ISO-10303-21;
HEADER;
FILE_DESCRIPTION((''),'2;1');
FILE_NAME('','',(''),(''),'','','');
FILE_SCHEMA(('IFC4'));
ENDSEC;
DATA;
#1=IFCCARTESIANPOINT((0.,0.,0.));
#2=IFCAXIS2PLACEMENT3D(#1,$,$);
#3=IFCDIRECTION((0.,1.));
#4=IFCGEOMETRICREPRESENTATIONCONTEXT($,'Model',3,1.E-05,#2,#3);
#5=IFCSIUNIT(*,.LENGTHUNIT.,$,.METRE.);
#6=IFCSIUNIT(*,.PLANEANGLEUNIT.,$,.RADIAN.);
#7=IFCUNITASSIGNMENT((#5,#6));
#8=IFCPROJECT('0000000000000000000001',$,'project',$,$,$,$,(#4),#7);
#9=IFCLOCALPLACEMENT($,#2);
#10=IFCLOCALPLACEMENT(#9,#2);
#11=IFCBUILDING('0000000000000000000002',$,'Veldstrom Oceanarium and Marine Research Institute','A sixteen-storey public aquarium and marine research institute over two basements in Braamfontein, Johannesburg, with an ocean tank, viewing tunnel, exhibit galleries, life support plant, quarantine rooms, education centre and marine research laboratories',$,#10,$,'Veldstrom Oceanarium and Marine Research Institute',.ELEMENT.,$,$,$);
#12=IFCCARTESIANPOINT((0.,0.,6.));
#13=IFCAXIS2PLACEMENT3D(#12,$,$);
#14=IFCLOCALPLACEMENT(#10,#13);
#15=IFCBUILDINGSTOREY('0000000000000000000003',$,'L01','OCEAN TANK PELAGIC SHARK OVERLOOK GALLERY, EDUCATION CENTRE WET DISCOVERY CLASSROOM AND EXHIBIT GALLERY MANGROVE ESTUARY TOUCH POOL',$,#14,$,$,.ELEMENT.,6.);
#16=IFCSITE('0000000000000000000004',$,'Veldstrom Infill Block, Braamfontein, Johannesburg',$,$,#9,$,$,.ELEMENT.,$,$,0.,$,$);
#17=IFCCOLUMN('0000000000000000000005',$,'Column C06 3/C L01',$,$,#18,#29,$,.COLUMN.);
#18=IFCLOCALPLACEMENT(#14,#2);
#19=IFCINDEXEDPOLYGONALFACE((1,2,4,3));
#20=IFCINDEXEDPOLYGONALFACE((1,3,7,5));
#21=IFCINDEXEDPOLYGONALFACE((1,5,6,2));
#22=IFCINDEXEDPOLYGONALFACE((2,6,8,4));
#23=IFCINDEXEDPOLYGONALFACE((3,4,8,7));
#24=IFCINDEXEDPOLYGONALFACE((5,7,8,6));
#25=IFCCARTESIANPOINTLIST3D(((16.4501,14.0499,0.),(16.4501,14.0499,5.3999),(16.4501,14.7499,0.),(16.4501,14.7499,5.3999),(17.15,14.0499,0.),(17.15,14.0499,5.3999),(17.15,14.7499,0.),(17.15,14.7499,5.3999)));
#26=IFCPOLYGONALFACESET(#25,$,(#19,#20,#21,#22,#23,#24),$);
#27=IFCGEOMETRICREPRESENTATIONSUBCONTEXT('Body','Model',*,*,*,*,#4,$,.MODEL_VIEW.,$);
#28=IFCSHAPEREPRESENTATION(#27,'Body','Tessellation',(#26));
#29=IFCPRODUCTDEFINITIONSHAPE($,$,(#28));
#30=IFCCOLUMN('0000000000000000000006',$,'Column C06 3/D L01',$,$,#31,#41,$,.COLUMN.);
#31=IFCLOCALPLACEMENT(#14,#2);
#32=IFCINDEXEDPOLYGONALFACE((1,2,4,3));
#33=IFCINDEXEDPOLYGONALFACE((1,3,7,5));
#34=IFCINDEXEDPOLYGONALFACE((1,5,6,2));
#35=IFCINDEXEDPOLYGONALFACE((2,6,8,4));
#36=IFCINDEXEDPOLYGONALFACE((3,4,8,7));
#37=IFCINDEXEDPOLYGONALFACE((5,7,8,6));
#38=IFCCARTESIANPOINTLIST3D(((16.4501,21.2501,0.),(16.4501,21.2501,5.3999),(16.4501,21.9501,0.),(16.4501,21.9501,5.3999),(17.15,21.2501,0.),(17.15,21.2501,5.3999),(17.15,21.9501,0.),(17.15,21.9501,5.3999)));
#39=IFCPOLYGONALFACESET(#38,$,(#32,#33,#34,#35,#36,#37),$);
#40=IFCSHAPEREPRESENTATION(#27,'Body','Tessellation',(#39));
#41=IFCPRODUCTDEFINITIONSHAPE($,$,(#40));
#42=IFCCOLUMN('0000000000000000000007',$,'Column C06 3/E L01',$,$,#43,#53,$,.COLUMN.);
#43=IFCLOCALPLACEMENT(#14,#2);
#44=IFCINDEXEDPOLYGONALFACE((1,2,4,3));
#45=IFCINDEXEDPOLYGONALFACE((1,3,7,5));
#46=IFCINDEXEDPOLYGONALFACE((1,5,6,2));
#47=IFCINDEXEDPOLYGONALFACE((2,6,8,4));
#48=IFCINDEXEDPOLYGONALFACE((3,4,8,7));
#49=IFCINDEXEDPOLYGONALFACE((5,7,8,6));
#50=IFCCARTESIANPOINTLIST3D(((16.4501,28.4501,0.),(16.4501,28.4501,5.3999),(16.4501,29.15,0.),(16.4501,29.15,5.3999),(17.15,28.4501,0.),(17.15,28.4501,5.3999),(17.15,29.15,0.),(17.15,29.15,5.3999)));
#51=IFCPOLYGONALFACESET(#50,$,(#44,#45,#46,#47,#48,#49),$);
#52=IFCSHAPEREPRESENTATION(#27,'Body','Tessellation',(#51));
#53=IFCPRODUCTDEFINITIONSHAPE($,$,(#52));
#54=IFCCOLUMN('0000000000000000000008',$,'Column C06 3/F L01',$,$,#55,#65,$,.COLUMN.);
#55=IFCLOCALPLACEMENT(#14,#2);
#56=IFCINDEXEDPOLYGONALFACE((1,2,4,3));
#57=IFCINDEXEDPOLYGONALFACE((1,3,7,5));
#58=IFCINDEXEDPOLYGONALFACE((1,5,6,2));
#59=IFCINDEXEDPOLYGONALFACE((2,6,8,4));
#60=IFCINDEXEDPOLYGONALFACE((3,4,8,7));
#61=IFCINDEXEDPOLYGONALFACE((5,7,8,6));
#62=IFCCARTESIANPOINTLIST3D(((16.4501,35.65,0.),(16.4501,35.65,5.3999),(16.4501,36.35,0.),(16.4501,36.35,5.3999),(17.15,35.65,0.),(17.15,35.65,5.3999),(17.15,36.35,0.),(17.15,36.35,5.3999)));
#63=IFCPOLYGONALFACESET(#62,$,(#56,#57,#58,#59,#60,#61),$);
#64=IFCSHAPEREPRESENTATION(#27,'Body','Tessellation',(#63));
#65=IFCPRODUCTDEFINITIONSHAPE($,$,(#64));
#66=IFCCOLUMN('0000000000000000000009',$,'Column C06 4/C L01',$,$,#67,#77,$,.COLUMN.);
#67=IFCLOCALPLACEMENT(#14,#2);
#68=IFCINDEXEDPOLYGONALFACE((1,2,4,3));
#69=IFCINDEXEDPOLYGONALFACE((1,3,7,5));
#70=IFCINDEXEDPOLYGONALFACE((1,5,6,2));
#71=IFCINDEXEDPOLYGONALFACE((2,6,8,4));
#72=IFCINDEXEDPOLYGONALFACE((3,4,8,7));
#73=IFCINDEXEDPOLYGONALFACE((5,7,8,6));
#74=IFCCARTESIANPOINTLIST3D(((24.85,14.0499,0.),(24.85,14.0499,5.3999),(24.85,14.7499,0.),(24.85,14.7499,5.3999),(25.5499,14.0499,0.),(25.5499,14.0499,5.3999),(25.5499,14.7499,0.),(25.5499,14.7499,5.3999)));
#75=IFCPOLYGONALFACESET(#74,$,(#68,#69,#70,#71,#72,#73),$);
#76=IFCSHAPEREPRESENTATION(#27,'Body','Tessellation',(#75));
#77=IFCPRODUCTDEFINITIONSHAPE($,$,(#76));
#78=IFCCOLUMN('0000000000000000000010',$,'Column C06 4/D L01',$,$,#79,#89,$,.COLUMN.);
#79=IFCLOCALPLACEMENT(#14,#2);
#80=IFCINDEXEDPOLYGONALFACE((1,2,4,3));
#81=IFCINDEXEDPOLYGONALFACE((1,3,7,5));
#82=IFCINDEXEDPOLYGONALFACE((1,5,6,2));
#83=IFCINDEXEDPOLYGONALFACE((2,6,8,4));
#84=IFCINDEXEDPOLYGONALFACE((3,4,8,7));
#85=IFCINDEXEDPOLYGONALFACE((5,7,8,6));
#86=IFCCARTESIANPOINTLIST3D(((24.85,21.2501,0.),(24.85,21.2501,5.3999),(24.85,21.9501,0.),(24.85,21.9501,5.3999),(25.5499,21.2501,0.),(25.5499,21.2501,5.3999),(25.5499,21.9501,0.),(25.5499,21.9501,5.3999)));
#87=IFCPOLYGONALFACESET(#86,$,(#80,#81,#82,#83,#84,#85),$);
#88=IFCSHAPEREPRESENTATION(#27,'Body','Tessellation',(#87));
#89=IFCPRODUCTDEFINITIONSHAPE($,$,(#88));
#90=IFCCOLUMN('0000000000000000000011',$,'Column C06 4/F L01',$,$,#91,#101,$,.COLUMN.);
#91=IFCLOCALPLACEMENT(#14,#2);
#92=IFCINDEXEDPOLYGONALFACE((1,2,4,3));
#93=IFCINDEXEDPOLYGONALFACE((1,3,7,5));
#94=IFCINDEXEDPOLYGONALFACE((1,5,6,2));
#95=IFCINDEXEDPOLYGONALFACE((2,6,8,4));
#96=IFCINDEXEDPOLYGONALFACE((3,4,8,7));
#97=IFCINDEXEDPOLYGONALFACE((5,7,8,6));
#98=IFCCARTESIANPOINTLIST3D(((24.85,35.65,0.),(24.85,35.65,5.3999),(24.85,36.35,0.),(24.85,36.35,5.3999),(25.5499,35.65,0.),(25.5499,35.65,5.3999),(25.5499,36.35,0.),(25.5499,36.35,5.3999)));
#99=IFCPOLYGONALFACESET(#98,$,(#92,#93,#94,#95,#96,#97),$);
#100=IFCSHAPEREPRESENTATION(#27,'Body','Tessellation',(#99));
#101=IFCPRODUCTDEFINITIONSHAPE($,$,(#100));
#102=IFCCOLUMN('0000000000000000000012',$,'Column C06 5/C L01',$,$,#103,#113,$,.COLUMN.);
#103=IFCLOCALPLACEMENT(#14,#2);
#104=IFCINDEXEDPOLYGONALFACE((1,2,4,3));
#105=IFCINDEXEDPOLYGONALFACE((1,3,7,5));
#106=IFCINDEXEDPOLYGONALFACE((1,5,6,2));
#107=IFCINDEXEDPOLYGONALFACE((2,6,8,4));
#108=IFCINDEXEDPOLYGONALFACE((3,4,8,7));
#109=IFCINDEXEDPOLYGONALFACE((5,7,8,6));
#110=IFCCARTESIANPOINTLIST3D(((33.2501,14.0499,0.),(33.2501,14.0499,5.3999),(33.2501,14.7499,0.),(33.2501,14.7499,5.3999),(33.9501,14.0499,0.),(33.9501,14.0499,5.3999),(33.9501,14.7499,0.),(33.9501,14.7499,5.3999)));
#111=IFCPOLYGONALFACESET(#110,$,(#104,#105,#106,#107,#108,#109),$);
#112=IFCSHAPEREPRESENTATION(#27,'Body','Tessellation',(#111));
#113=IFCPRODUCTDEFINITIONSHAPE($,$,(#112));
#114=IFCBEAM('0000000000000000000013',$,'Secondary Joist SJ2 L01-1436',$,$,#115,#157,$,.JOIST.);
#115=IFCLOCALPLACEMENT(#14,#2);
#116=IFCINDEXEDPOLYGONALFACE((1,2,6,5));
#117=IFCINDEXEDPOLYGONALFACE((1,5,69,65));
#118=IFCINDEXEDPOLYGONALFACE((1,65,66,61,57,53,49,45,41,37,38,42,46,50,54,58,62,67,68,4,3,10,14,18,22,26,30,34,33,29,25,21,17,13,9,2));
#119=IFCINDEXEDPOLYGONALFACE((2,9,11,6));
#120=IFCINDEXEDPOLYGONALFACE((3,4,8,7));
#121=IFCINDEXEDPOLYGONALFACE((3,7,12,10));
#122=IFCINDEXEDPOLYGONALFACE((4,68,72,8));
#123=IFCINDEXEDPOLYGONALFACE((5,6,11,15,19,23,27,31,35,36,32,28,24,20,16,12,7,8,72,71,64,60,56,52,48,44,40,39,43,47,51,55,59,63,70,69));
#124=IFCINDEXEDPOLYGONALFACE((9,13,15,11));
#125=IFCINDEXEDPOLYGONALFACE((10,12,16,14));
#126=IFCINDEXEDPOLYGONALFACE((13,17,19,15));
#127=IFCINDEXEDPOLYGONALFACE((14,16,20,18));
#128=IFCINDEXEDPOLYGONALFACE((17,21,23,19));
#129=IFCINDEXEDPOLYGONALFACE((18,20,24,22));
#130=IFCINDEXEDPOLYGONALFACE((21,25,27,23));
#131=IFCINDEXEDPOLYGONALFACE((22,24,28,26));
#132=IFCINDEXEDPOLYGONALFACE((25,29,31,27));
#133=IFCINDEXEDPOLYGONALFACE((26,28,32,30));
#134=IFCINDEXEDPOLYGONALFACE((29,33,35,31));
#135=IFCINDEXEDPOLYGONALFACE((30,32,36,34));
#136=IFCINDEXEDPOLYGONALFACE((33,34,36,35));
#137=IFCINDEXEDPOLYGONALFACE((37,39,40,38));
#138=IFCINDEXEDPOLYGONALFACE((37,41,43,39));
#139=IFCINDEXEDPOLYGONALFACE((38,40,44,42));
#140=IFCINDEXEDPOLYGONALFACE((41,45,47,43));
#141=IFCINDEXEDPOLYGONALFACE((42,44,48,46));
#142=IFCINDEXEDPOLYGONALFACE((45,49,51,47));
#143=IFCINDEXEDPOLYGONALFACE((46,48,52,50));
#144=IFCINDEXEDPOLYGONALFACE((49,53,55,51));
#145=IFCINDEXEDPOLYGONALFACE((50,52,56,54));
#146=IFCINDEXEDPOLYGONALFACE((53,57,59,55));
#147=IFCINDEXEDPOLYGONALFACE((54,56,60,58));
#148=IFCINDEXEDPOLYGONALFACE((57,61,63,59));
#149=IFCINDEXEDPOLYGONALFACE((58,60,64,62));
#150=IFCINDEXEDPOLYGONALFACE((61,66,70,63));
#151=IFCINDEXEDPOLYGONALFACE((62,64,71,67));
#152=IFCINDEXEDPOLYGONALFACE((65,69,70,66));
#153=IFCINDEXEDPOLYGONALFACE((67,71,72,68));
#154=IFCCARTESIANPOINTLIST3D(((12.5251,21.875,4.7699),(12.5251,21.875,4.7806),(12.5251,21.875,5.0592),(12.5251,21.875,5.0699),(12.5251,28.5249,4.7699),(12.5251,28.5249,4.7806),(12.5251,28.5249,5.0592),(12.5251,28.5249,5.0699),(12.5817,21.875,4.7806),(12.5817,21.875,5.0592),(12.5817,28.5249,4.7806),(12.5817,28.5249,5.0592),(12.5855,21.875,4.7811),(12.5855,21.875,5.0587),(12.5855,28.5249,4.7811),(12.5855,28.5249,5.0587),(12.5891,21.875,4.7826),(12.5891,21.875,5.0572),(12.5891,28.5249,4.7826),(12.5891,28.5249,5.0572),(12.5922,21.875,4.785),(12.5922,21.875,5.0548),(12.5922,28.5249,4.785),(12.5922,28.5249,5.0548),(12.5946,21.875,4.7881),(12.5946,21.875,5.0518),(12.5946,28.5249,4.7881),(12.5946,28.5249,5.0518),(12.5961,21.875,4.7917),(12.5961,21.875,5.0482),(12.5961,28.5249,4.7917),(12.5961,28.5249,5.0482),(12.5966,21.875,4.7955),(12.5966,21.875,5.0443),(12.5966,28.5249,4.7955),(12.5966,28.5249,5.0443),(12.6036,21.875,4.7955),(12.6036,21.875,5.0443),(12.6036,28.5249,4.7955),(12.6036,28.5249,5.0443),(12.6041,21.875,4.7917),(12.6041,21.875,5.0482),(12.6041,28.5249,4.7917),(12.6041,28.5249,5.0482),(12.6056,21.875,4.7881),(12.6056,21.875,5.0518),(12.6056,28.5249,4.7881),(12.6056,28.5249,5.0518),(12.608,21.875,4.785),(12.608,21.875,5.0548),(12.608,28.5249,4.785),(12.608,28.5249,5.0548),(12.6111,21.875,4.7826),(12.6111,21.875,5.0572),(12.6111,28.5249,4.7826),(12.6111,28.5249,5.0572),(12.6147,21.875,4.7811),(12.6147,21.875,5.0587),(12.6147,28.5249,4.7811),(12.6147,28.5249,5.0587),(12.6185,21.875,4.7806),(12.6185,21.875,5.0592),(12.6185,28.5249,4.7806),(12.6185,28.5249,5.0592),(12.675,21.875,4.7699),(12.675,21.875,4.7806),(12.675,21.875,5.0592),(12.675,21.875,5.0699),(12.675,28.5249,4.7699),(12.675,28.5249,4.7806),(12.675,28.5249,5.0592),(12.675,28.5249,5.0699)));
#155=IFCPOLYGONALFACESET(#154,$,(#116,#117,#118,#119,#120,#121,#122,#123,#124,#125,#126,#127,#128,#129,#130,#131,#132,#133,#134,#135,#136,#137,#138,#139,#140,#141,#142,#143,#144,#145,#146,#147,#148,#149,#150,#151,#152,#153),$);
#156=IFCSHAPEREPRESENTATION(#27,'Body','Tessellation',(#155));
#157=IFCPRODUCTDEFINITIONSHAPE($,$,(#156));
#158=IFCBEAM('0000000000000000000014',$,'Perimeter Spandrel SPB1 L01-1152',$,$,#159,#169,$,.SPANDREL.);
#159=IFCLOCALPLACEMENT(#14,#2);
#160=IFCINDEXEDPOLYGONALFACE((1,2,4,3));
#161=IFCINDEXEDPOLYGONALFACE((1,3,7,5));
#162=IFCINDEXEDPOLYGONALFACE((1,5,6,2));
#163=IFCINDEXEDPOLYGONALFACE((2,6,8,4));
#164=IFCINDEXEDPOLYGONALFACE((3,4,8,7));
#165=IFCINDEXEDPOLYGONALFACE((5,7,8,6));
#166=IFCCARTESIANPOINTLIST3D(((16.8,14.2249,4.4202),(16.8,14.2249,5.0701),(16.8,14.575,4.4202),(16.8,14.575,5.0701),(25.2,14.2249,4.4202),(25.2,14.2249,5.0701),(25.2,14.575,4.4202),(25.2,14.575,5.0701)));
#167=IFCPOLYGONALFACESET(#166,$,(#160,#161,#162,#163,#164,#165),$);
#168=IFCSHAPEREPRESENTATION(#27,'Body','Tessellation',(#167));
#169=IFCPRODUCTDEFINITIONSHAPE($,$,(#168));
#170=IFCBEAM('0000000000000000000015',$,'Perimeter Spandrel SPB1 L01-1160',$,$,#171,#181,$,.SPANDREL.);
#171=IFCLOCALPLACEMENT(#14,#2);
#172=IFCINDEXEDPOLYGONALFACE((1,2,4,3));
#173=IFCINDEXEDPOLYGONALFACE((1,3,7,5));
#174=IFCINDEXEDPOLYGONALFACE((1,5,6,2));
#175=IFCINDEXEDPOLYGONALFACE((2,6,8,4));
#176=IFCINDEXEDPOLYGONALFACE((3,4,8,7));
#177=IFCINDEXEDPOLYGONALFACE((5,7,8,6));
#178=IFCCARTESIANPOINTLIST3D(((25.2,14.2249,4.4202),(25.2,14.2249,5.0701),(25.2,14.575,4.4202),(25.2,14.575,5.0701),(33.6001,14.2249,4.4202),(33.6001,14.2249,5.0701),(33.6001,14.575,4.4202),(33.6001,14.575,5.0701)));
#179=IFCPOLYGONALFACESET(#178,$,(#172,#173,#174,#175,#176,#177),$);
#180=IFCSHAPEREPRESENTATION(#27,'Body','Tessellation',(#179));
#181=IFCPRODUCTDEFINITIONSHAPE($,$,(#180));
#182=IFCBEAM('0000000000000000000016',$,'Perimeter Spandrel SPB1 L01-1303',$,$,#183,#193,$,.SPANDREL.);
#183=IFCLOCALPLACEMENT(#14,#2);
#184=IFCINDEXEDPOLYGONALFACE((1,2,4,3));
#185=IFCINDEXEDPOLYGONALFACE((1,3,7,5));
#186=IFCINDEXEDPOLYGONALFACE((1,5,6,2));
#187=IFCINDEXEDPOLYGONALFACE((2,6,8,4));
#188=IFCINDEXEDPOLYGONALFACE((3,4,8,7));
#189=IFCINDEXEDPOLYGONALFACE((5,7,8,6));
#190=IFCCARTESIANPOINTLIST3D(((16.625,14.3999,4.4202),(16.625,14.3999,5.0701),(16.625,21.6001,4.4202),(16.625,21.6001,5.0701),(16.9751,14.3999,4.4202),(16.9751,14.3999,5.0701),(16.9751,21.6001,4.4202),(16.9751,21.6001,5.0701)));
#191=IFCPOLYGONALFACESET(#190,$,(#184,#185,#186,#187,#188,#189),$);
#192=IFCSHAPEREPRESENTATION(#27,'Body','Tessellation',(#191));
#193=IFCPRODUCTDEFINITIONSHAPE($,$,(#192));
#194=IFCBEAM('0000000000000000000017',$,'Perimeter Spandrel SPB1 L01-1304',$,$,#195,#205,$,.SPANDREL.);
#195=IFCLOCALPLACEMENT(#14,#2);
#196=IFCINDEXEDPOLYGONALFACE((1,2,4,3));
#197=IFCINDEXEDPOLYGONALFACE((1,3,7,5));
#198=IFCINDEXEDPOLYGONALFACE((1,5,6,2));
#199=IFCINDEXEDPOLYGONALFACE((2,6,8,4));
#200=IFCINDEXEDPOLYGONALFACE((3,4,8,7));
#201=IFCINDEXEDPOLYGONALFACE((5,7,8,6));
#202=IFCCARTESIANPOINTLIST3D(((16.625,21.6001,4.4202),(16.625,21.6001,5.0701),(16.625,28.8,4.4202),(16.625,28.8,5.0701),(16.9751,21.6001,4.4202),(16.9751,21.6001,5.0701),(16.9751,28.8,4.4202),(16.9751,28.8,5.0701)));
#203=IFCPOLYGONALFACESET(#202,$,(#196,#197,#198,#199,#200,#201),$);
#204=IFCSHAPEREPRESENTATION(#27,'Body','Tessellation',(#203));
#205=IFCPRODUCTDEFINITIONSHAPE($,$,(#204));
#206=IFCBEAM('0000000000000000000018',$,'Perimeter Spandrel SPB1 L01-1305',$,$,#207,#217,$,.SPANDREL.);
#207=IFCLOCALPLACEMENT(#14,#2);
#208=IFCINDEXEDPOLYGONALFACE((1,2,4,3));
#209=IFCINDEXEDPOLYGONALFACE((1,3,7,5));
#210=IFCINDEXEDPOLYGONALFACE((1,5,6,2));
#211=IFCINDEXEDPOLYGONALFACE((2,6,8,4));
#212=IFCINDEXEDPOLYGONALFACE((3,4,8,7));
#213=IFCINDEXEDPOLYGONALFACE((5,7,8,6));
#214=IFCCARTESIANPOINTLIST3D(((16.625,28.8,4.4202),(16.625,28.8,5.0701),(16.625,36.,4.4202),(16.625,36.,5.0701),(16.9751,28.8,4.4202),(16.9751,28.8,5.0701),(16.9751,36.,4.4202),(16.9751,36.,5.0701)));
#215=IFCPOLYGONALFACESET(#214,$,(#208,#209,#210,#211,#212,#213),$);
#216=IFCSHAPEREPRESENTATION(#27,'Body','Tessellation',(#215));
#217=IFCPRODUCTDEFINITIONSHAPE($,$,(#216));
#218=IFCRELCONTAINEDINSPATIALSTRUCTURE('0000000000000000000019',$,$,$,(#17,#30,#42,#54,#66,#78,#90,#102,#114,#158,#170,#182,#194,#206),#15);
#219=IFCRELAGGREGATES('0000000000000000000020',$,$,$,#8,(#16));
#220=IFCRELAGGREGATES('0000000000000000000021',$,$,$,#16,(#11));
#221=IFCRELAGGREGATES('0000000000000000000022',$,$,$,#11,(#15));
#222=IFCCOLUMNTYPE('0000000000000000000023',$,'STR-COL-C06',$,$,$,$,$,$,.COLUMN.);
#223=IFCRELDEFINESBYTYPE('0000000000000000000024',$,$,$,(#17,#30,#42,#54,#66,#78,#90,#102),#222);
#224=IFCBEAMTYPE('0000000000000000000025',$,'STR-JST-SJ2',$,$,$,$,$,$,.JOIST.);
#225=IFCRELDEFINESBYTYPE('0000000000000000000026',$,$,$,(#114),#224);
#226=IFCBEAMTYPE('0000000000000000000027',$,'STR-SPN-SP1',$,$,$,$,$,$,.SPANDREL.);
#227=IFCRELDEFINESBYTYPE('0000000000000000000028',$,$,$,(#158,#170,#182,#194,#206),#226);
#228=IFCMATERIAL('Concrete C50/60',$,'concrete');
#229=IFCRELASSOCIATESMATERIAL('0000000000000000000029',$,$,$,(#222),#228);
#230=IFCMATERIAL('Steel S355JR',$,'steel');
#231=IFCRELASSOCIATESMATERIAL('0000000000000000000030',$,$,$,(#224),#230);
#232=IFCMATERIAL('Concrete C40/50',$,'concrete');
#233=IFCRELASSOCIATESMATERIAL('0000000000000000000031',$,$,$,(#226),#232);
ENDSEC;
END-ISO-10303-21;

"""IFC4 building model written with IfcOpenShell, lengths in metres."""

from ifc_helpers import new_model, si_unit, direction, frame, origin, origin_2d, place, context, subcontext, project, spatial, rectangle, i_section, extrude, material, material_profile, profile_set, type_object, element, save


model = new_model("IFC4")

# Units and contexts
model_context = context("Model", 3, precision=1e-05, world=origin(), true_north=direction((0.0, 1.0)))
body_context = subcontext(model_context, "Body", "Model", "MODEL_VIEW")
ifc_project = project(units=[si_unit("LENGTHUNIT", "METRE"), si_unit("PLANEANGLEUNIT", "RADIAN")], contexts=[model_context])

# Site, building, storey
site_placement = place(None, origin())
site = spatial("IfcSite", under=ifc_project, at=site_placement, Name="Veldstrom Infill Block, Braamfontein, Johannesburg", CompositionType="ELEMENT", RefElevation=0.0)
building_placement = place(site_placement, origin())
building = spatial("IfcBuilding", under=site, at=building_placement, Name="Veldstrom Oceanarium and Marine Research Institute", Description="A sixteen-storey public aquarium and marine research institute over two basements in Braamfontein, Johannesburg, with an ocean tank, viewing tunnel, exhibit galleries, life support plant, quarantine rooms, education centre and marine research laboratories", LongName="Veldstrom Oceanarium and Marine Research Institute", CompositionType="ELEMENT")
storey_placement = place(building_placement, frame((0.0, 0.0, 6.0)))
storey = spatial("IfcBuildingStorey", under=building, at=storey_placement, Name="L01", Description="OCEAN TANK PELAGIC SHARK OVERLOOK GALLERY, EDUCATION CENTRE WET DISCOVERY CLASSROOM AND EXHIBIT GALLERY MANGROVE ESTUARY TOUCH POOL", CompositionType="ELEMENT", Elevation=6.0)

# Columns
ifc_material_1 = material(Name="Concrete C50/60", Category="concrete")
ifc_material_profile_1 = material_profile(ifc_material_1, rectangle(XDim=0.7, YDim=0.7, at=origin_2d()), Name="RC-COL-700x700")
ifc_profile_set_1 = profile_set([ifc_material_profile_1], Name="Concrete C50/60")
column_type = type_object("IfcColumnType", Name="STR-COL-C06", PredefinedType="COLUMN", material=ifc_profile_set_1)
for number, where, z_axis, x_axis, name in (
    (1, (16.8, 14.3999, 0.0), (0.0, 0.0, 1.0), (1.0, 0.0, 0.0), "Column C06 3/C L01"),
    (2, (16.8, 21.6001, 0.0), (0.0, 0.0, 1.0), (1.0, 0.0, 0.0), "Column C06 3/D L01"),
    (3, (16.8, 28.8, 0.0), (0.0, 0.0, 1.0), (1.0, 0.0, 0.0), "Column C06 3/E L01"),
    (4, (16.8, 36.0, 0.0), (0.0, 0.0, 1.0), (1.0, 0.0, 0.0), "Column C06 3/F L01"),
    (5, (25.2, 14.3999, 0.0), (0.0, 0.0, 1.0), (1.0, 0.0, 0.0), "Column C06 4/C L01"),
    (6, (25.2, 21.6001, 0.0), (0.0, 0.0, 1.0), (1.0, 0.0, 0.0), "Column C06 4/D L01"),
    (7, (25.2, 36.0, 0.0), (0.0, 0.0, 1.0), (1.0, 0.0, 0.0), "Column C06 4/F L01"),
    (8, (33.6001, 14.3999, 0.0), (0.0, 0.0, 1.0), (1.0, 0.0, 0.0), "Column C06 5/C L01"),
):
    element("IfcColumn", number, at=place(storey_placement, frame(where, z_axis=z_axis, x_axis=x_axis)), inside=storey, type_object=column_type, Name=name, PredefinedType="COLUMN", context=body_context, shape_type="SweptSolid", body=[
        extrude(rectangle(XDim=0.7, YDim=0.7, at=origin_2d()), origin(), (0.0, 0.0, 1.0), 5.3999),
    ])

# Beams
ifc_material_2 = material(Name="Steel S355JR", Category="steel")
ifc_material_profile_2 = material_profile(ifc_material_2, i_section(OverallWidth=0.1499, OverallDepth=0.3, WebThickness=0.0071, FlangeThickness=0.0107, FilletRadius=0.0149, at=origin_2d()), Name="IPE 300")
ifc_profile_set_2 = profile_set([ifc_material_profile_2], Name="Steel S355JR")
beam_type_1 = type_object("IfcBeamType", Name="STR-JST-SJ2", PredefinedType="JOIST", material=ifc_profile_set_2)
beam_1_placement = place(storey_placement, frame((12.6001, 21.875, 4.9199), z_axis=(0.0, 1.0, 0.0), x_axis=(-1.0, 0.0, 0.0)))
element("IfcBeam", 9, at=beam_1_placement, inside=storey, type_object=beam_type_1, Name="Secondary Joist SJ2 L01-1436", PredefinedType="JOIST", context=body_context, shape_type="SweptSolid", body=[
    extrude(i_section(OverallWidth=0.1499, OverallDepth=0.3, WebThickness=0.0071, FlangeThickness=0.0107, FilletRadius=0.0149, at=origin_2d()), origin(), (0.0, 0.0, 1.0), 6.6499),
])
ifc_material_3 = material(Name="Concrete C40/50", Category="concrete")
ifc_material_profile_3 = material_profile(ifc_material_3, rectangle(XDim=0.3501, YDim=0.6499, at=origin_2d()), Name="RC-SPN-350x650")
ifc_profile_set_3 = profile_set([ifc_material_profile_3], Name="Concrete C40/50")
beam_type_2 = type_object("IfcBeamType", Name="STR-SPN-SP1", PredefinedType="SPANDREL", material=ifc_profile_set_3)
beam_2_placement = place(storey_placement, frame((16.8, 14.3999, 4.7451), z_axis=(1.0, 0.0, 0.0), x_axis=(0.0, 1.0, 0.0)))
element("IfcBeam", 10, at=beam_2_placement, inside=storey, type_object=beam_type_2, Name="Perimeter Spandrel SPB1 L01-1152", PredefinedType="SPANDREL", context=body_context, shape_type="SweptSolid", body=[
    extrude(rectangle(XDim=0.3501, YDim=0.6499, at=origin_2d()), origin(), (0.0, 0.0, 1.0), 8.3999),
])
beam_3_placement = place(storey_placement, frame((25.2, 14.3999, 4.7451), z_axis=(1.0, 0.0, 0.0), x_axis=(0.0, 1.0, 0.0)))
element("IfcBeam", 11, at=beam_3_placement, inside=storey, type_object=beam_type_2, Name="Perimeter Spandrel SPB1 L01-1160", PredefinedType="SPANDREL", context=body_context, shape_type="SweptSolid", body=[
    extrude(rectangle(XDim=0.3501, YDim=0.6499, at=origin_2d()), origin(), (0.0, 0.0, 1.0), 8.4001),
])
beam_4_placement = place(storey_placement, frame((16.8, 14.3999, 4.7451), z_axis=(0.0, 1.0, 0.0), x_axis=(-1.0, 0.0, 0.0)))
element("IfcBeam", 12, at=beam_4_placement, inside=storey, type_object=beam_type_2, Name="Perimeter Spandrel SPB1 L01-1303", PredefinedType="SPANDREL", context=body_context, shape_type="SweptSolid", body=[
    extrude(rectangle(XDim=0.3501, YDim=0.6499, at=origin_2d()), origin(), (0.0, 0.0, 1.0), 7.2002),
])
for number, where, z_axis, x_axis, name in (
    (13, (16.8, 21.6001, 4.7451), (0.0, 1.0, 0.0), (-1.0, 0.0, 0.0), "Perimeter Spandrel SPB1 L01-1304"),
    (14, (16.8, 28.8, 4.7451), (0.0, 1.0, 0.0), (-1.0, 0.0, 0.0), "Perimeter Spandrel SPB1 L01-1305"),
):
    element("IfcBeam", number, at=place(storey_placement, frame(where, z_axis=z_axis, x_axis=x_axis)), inside=storey, type_object=beam_type_2, Name=name, PredefinedType="SPANDREL", context=body_context, shape_type="SweptSolid", body=[
        extrude(rectangle(XDim=0.3501, YDim=0.6499, at=origin_2d()), origin(), (0.0, 0.0, 1.0), 7.2),
    ])

save(model, "model.ifc")
